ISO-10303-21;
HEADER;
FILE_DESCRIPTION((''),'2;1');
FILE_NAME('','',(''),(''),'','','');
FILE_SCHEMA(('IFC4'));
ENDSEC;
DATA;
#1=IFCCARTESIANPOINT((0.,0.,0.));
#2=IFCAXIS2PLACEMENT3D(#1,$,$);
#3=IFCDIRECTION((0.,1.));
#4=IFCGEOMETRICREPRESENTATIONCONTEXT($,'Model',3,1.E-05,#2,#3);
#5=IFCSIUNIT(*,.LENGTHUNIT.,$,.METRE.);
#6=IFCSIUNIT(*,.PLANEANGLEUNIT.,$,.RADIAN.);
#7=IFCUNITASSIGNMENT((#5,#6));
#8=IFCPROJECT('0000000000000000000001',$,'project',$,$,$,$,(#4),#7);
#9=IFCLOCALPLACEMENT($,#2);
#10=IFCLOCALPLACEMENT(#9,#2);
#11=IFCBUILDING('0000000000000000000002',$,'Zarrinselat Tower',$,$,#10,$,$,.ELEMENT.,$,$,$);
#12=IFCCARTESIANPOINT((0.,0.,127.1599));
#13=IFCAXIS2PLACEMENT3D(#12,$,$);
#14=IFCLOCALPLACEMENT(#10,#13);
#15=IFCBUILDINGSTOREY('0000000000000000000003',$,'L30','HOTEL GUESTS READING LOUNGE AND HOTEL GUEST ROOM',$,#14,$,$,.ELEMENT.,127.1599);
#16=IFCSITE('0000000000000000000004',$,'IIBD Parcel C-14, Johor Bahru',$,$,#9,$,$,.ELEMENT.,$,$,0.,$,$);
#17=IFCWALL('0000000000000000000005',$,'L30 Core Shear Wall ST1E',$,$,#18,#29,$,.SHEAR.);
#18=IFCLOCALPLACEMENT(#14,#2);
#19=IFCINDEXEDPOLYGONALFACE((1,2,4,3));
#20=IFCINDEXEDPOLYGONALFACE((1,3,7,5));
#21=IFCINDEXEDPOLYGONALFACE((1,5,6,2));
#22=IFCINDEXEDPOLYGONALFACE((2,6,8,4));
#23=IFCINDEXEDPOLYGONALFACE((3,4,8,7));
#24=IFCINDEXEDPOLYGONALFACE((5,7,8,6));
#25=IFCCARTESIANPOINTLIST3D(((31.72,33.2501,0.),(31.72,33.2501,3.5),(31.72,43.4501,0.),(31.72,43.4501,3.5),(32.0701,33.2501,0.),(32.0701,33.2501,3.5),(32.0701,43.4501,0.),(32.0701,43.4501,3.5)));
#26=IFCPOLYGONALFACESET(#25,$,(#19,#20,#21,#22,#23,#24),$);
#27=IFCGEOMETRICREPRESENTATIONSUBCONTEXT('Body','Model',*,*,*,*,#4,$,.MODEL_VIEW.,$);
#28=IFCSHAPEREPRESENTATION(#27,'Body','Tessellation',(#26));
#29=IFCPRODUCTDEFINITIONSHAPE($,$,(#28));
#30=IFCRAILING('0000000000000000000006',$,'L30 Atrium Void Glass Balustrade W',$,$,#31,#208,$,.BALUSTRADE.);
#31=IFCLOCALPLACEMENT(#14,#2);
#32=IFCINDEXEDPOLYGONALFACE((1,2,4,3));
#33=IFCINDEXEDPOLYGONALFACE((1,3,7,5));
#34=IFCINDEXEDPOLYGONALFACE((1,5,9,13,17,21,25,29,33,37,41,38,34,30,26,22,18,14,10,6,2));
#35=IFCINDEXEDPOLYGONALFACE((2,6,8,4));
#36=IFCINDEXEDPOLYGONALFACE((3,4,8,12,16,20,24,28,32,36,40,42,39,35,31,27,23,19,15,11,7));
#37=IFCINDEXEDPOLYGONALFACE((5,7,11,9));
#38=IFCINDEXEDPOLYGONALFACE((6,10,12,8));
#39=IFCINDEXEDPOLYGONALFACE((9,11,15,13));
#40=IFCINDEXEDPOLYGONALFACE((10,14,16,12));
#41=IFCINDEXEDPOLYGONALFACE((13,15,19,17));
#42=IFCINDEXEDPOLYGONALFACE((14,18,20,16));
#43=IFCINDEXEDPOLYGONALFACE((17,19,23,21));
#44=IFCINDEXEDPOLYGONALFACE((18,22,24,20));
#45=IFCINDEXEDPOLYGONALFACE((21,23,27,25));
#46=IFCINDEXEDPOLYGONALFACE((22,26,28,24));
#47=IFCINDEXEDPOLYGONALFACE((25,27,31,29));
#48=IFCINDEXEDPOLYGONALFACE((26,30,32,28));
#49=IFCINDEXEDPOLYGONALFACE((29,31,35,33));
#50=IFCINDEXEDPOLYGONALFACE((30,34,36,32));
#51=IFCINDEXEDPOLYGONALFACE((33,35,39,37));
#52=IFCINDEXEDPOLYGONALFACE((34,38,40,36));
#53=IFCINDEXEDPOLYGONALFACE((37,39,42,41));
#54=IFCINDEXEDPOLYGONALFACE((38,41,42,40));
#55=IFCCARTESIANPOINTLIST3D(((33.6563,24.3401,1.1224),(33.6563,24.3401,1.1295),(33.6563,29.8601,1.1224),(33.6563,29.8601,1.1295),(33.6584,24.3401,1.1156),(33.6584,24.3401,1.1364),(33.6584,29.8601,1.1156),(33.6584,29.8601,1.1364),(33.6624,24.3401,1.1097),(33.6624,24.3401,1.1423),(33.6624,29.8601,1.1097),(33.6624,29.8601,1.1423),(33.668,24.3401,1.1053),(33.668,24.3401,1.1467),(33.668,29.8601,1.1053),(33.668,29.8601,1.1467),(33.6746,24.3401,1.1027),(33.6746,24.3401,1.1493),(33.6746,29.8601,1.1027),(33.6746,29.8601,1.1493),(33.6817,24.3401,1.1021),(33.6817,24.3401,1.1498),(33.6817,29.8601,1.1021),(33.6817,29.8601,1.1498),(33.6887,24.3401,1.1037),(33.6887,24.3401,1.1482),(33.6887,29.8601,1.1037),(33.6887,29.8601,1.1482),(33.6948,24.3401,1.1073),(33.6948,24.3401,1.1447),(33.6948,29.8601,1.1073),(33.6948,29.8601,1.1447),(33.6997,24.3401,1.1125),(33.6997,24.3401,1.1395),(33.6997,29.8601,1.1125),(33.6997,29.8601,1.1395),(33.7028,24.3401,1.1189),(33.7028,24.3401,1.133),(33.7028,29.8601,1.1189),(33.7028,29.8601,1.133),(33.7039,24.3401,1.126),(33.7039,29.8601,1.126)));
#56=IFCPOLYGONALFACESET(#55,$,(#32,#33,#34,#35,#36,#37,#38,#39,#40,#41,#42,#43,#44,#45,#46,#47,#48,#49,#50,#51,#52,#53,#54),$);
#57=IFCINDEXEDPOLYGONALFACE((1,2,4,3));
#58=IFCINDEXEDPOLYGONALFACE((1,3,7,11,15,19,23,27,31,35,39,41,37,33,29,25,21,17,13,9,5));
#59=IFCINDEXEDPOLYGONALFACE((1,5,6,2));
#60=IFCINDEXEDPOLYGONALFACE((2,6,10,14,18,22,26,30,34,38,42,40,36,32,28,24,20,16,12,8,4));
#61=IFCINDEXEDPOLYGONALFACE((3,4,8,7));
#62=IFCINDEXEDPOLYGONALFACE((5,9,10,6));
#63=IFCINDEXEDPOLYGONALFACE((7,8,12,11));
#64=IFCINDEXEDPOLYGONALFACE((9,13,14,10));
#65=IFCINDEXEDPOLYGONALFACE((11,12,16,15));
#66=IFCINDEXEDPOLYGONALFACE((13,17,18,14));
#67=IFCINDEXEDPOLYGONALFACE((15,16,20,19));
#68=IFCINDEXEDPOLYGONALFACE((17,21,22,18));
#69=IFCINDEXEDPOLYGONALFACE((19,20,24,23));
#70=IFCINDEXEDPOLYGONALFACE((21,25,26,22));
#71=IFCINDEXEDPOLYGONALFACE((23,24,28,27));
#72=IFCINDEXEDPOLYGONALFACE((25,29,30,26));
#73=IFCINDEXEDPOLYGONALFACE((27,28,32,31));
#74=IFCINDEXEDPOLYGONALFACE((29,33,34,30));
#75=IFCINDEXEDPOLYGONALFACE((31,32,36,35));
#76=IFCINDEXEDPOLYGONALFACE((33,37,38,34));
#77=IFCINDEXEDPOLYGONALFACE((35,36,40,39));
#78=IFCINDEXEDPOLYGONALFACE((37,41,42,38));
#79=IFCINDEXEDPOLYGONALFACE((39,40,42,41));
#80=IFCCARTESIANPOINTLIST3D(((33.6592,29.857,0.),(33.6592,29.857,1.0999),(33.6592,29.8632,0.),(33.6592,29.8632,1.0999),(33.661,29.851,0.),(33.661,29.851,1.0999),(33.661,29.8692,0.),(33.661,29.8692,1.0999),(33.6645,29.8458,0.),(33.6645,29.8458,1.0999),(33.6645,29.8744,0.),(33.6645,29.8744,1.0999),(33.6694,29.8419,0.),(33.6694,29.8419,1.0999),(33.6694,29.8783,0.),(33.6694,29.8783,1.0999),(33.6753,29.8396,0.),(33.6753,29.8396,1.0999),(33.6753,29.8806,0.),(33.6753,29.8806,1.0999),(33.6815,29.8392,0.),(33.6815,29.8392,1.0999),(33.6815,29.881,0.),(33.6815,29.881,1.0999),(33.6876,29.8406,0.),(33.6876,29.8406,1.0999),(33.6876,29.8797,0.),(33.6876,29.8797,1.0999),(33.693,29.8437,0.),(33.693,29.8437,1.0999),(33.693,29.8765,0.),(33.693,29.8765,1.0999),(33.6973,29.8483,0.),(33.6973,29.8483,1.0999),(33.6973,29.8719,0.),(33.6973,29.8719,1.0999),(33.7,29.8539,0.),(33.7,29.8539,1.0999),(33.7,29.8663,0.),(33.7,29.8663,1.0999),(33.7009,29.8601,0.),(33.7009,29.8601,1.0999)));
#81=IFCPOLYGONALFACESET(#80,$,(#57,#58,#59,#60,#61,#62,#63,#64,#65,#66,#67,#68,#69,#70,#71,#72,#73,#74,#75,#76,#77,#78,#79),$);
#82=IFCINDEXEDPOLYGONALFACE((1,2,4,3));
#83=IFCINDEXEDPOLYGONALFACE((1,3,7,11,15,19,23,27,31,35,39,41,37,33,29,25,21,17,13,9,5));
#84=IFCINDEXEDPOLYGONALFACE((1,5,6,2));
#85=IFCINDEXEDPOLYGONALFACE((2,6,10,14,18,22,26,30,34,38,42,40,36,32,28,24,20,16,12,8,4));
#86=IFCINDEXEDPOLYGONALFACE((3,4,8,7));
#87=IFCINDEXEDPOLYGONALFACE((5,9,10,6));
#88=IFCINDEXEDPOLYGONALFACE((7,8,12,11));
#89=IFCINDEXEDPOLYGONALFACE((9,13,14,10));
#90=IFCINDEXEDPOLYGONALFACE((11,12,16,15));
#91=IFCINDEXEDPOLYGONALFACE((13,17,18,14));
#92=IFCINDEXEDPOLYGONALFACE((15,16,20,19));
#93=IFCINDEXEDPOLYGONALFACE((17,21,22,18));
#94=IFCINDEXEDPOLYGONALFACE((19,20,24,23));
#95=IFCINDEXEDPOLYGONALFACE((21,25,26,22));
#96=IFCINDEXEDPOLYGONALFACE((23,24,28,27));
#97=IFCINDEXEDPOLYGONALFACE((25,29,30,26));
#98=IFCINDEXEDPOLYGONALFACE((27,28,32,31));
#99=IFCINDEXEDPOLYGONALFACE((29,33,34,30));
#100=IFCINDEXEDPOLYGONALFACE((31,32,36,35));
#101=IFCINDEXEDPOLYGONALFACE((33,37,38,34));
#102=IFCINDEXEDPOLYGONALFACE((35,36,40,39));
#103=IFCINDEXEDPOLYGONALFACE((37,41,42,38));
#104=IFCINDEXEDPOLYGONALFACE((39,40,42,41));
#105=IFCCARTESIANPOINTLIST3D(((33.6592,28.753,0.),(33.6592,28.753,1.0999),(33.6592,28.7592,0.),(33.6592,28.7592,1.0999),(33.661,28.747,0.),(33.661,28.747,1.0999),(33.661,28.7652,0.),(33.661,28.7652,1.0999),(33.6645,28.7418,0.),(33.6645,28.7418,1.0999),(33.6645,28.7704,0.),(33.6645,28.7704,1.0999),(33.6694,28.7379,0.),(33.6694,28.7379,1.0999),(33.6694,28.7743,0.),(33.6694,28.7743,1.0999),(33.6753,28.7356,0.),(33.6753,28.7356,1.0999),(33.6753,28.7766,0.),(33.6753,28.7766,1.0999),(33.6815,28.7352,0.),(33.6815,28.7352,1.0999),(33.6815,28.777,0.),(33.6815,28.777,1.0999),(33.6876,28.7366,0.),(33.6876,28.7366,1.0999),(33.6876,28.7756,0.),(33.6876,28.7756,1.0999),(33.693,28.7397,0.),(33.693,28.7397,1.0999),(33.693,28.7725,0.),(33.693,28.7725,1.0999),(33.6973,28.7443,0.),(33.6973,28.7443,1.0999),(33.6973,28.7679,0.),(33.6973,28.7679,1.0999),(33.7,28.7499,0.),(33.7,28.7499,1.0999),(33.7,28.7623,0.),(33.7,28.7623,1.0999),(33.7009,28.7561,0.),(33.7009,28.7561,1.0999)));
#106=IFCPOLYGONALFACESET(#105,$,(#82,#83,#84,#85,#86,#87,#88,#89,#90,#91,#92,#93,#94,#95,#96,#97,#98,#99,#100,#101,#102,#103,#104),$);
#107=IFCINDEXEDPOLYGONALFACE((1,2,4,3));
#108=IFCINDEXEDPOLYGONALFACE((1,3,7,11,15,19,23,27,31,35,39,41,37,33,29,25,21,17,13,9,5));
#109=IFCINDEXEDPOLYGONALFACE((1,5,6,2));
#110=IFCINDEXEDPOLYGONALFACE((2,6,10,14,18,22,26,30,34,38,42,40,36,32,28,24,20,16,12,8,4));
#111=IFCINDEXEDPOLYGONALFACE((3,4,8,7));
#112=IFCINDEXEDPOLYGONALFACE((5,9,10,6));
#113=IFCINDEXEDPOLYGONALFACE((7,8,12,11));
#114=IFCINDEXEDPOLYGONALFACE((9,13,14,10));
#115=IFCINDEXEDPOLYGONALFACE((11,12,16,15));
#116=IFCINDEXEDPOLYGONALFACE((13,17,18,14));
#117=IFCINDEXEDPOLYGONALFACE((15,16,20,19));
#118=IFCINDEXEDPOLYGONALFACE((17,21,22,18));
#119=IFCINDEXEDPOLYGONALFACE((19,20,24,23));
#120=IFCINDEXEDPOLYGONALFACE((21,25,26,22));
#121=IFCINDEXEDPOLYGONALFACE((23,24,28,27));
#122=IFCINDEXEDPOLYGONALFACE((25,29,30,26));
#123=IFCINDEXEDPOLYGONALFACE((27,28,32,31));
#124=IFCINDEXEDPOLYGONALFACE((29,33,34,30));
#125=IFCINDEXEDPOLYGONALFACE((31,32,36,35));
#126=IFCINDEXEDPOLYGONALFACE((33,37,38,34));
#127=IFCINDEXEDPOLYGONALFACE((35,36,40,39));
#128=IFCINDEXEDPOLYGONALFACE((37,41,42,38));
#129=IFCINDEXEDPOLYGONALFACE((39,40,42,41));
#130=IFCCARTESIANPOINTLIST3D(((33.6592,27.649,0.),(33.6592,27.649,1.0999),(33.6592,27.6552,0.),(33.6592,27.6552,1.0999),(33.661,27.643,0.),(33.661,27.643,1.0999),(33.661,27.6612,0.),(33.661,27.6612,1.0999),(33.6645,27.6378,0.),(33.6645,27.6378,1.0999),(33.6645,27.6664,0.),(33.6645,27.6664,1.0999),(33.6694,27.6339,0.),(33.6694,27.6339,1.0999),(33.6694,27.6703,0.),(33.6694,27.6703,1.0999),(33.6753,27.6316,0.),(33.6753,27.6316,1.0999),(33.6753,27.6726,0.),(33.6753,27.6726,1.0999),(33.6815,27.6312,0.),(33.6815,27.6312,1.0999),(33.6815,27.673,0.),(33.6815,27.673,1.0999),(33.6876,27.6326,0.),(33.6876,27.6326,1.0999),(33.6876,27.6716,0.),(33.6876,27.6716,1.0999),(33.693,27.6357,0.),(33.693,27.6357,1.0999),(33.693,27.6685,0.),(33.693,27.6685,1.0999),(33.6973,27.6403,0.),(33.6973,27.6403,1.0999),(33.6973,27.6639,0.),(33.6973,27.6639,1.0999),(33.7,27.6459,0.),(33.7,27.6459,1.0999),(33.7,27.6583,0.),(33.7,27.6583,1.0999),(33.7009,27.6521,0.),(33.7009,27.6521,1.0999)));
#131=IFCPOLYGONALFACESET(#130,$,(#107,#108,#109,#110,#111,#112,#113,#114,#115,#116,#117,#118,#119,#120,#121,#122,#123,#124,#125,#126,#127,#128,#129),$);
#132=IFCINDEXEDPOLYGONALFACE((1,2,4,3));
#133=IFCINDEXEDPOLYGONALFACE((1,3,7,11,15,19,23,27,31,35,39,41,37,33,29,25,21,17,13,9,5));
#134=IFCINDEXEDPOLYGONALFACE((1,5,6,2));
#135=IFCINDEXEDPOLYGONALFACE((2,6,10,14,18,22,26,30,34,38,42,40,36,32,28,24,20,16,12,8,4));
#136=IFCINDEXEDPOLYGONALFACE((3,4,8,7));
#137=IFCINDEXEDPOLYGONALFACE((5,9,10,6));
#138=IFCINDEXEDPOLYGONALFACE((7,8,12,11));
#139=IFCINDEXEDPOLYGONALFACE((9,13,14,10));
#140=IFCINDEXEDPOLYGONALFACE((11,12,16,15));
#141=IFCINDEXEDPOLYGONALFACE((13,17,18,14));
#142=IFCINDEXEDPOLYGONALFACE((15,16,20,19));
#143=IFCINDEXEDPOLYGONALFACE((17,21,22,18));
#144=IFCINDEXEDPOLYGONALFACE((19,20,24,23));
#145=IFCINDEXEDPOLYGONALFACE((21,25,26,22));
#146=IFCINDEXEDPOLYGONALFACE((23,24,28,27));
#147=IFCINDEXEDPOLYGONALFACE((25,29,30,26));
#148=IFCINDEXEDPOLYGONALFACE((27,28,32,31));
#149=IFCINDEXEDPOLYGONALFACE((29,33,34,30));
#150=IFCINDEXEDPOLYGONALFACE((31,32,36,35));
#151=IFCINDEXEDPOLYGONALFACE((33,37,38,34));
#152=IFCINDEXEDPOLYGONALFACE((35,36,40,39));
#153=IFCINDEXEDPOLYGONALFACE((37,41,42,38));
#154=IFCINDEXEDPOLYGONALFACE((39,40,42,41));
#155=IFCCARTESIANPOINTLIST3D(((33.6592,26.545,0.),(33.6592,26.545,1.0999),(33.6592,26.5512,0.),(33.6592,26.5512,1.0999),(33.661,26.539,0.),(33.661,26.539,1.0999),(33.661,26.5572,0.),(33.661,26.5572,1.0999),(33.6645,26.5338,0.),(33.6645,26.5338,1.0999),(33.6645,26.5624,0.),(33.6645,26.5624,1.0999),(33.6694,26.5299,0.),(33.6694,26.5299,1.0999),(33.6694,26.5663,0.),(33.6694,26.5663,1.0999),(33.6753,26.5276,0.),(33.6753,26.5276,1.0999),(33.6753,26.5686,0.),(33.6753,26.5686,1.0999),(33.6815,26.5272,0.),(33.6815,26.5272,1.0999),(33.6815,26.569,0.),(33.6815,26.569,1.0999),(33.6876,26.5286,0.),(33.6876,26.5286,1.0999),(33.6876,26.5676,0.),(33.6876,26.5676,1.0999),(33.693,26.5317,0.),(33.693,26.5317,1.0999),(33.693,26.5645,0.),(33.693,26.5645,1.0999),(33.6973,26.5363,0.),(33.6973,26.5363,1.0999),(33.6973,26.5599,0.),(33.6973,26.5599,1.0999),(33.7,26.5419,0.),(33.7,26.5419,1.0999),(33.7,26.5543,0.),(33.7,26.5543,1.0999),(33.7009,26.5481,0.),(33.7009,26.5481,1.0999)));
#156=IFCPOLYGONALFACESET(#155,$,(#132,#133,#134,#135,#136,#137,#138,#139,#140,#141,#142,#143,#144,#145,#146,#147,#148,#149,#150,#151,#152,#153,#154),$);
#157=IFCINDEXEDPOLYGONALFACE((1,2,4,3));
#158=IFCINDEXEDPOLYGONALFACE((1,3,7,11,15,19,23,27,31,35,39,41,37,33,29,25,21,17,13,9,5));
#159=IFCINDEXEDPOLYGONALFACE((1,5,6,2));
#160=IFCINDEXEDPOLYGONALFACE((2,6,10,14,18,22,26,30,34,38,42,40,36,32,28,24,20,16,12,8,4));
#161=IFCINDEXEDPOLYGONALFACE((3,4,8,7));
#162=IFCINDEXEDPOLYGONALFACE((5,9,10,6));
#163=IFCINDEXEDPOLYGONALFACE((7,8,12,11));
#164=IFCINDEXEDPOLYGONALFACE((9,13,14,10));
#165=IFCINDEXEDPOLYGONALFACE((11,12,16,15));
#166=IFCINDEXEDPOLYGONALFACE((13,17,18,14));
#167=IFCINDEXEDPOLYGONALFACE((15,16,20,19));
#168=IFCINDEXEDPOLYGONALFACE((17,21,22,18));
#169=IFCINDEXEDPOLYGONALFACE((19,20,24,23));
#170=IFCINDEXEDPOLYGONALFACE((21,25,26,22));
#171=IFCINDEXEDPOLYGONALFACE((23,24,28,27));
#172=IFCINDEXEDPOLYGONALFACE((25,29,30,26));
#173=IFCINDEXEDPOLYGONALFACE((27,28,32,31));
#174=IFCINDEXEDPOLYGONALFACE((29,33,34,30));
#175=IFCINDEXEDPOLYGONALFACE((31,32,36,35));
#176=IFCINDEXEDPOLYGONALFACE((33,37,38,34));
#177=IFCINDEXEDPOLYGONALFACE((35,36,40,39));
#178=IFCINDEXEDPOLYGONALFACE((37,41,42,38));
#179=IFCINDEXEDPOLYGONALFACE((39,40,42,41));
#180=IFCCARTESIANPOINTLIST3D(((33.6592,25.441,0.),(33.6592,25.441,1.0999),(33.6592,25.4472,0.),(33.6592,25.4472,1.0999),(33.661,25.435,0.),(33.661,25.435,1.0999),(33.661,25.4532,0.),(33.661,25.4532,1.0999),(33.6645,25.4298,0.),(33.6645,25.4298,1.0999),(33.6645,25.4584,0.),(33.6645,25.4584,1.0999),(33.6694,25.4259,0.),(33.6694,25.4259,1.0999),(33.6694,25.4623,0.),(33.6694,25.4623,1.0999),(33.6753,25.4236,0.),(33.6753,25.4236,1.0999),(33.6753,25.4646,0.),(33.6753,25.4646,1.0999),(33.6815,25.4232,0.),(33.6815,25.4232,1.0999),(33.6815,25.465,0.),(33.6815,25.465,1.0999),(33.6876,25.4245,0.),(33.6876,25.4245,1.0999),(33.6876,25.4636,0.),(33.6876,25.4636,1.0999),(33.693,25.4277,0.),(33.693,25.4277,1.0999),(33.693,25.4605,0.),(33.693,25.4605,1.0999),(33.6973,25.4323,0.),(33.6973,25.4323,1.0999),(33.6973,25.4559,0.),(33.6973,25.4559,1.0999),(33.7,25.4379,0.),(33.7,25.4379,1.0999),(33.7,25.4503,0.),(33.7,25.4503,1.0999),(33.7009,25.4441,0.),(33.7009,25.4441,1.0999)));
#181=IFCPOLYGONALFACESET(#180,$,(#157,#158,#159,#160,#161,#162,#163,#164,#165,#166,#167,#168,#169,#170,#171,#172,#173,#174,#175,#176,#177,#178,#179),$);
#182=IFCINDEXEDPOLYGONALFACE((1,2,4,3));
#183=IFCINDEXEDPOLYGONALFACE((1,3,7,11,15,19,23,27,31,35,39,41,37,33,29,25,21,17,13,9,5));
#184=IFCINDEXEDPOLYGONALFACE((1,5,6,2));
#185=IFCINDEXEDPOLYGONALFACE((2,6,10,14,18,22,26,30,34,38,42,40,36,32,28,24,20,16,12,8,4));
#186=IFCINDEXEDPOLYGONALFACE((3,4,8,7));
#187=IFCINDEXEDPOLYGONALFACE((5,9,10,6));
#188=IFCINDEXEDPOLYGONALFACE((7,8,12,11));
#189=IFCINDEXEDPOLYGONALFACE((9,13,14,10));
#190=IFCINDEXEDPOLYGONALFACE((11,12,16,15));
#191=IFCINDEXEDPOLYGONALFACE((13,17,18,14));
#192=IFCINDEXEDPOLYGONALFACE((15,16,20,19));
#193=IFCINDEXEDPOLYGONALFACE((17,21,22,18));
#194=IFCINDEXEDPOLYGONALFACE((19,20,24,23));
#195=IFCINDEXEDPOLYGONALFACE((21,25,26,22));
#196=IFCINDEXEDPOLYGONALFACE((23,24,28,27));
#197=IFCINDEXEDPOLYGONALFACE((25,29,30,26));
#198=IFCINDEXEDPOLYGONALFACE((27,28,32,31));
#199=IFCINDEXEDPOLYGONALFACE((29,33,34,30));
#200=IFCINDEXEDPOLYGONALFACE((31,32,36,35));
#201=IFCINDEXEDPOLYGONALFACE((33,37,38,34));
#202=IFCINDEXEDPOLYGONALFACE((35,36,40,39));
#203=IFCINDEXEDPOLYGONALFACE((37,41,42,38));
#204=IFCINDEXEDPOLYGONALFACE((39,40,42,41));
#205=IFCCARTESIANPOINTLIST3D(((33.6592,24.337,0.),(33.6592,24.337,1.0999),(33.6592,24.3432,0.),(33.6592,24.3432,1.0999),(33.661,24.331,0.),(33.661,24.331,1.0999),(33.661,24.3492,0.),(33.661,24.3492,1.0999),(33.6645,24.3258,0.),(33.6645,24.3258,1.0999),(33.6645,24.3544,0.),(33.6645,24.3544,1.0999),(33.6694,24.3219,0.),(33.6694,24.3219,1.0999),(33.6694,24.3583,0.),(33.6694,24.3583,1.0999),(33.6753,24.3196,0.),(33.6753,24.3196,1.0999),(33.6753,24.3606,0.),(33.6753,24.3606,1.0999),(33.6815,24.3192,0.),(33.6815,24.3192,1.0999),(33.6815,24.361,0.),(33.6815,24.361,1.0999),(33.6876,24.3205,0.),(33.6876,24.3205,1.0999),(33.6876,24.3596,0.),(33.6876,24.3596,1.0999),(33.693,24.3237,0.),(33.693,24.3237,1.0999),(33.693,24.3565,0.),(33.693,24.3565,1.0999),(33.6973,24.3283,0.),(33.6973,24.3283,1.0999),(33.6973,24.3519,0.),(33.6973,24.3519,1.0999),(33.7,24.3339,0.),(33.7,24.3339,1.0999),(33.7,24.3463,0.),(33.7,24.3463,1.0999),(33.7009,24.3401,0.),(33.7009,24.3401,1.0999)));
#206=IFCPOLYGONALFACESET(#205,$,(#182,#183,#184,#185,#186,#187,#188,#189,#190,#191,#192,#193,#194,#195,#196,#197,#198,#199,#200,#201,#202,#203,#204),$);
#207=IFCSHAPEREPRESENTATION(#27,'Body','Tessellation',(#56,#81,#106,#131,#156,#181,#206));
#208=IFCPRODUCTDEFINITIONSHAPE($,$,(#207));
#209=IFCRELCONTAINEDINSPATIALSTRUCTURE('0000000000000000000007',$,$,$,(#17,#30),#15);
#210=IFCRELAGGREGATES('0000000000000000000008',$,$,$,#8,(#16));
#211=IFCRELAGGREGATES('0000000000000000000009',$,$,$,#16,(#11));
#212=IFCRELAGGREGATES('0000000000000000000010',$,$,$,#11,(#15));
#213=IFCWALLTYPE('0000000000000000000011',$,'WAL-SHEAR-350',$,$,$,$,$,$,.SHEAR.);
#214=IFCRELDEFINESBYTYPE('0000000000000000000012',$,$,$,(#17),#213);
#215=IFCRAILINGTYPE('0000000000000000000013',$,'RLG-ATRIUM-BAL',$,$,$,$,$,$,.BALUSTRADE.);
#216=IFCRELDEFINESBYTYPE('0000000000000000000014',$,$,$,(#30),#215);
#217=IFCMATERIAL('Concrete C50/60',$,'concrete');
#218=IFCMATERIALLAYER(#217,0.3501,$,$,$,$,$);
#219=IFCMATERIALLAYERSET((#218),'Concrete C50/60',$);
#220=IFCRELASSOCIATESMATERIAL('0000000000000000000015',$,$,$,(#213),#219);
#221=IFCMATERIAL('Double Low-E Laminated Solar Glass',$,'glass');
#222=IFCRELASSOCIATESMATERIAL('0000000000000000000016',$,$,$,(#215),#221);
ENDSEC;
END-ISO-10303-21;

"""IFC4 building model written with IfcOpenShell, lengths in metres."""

from ifc_helpers import new_model, si_unit, direction, frame, frame_2d, origin, origin_2d, place, context, subcontext, project, spatial, rectangle, circle, extrude, material, layer, layer_set, type_object, element, save


model = new_model("IFC4")

# Units and contexts
model_context = context("Model", 3, precision=1e-05, world=origin(), true_north=direction((0.0, 1.0)))
body_context = subcontext(model_context, "Body", "Model", "MODEL_VIEW")
ifc_project = project(units=[si_unit("LENGTHUNIT", "METRE"), si_unit("PLANEANGLEUNIT", "RADIAN")], contexts=[model_context])

# Site, building, storey
site_placement = place(None, origin())
site = spatial("IfcSite", under=ifc_project, at=site_placement, Name="IIBD Parcel C-14, Johor Bahru", CompositionType="ELEMENT", RefElevation=0.0)
building_placement = place(site_placement, origin())
building = spatial("IfcBuilding", under=site, at=building_placement, Name="Zarrinselat Tower", CompositionType="ELEMENT")
storey_placement = place(building_placement, frame((0.0, 0.0, 127.1599)))
storey = spatial("IfcBuildingStorey", under=building, at=storey_placement, Name="L30", Description="HOTEL GUESTS READING LOUNGE AND HOTEL GUEST ROOM", CompositionType="ELEMENT", Elevation=127.1599)

# Wall
ifc_material_1 = material(Name="Concrete C50/60", Category="concrete")
ifc_layer_1 = layer(ifc_material_1, 0.3501)
ifc_layer_set_1 = layer_set([ifc_layer_1], Name="Concrete C50/60")
wall_type_1 = type_object("IfcWallType", Name="WAL-SHEAR-350", PredefinedType="SHEAR", material=ifc_layer_set_1)
wall_1_placement = place(storey_placement, frame((31.895, 33.25, 0.0), z_axis=(0.0, 0.0, 1.0), x_axis=(0.0, 1.0, 0.0)))
element("IfcWall", 1, at=wall_1_placement, inside=storey, type_object=wall_type_1, Name="L30 Core Shear Wall ST1E", PredefinedType="SHEAR", context=body_context, shape_type="SweptSolid", body=[
    extrude(rectangle(XDim=10.2, YDim=0.3501, at=frame_2d((5.1001, 0.0))), origin(), (0.0, 0.0, 1.0), 3.5),
])

# Railing
ifc_material_2 = material(Name="Double Low-E Laminated Solar Glass", Category="glass")
railing_type = type_object("IfcRailingType", Name="RLG-ATRIUM-BAL", PredefinedType="BALUSTRADE", material=ifc_material_2)
railing_placement = place(storey_placement, frame((33.6799, 29.8601, 0.0)))
element("IfcRailing", 2, at=railing_placement, inside=storey, type_object=railing_type, Name="L30 Atrium Void Glass Balustrade W", PredefinedType="BALUSTRADE", context=body_context, shape_type="SweptSolid", body=[
    extrude(circle(Radius=0.0239, at=origin_2d()), frame((0.0, 0.0, 1.126), z_axis=(0.0, -1.0, 0.0), x_axis=(1.0, 0.0, 0.0)), (0.0, 0.0, 1.0), 5.52),
    extrude(circle(Radius=0.021, at=origin_2d()), origin(), (0.0, 0.0, 1.0), 1.0999),
    extrude(circle(Radius=0.021, at=origin_2d()), frame((0.0, -1.104, 0.0)), (0.0, 0.0, 1.0), 1.0999),
    extrude(circle(Radius=0.021, at=origin_2d()), frame((0.0, -2.208, 0.0)), (0.0, 0.0, 1.0), 1.0999),
    extrude(circle(Radius=0.021, at=origin_2d()), frame((0.0, -3.312, 0.0)), (0.0, 0.0, 1.0), 1.0999),
    extrude(circle(Radius=0.021, at=origin_2d()), frame((0.0, -4.416, 0.0)), (0.0, 0.0, 1.0), 1.0999),
    extrude(circle(Radius=0.021, at=origin_2d()), frame((0.0, -5.52, 0.0)), (0.0, 0.0, 1.0), 1.0999),
])

save(model, "model.ifc")
